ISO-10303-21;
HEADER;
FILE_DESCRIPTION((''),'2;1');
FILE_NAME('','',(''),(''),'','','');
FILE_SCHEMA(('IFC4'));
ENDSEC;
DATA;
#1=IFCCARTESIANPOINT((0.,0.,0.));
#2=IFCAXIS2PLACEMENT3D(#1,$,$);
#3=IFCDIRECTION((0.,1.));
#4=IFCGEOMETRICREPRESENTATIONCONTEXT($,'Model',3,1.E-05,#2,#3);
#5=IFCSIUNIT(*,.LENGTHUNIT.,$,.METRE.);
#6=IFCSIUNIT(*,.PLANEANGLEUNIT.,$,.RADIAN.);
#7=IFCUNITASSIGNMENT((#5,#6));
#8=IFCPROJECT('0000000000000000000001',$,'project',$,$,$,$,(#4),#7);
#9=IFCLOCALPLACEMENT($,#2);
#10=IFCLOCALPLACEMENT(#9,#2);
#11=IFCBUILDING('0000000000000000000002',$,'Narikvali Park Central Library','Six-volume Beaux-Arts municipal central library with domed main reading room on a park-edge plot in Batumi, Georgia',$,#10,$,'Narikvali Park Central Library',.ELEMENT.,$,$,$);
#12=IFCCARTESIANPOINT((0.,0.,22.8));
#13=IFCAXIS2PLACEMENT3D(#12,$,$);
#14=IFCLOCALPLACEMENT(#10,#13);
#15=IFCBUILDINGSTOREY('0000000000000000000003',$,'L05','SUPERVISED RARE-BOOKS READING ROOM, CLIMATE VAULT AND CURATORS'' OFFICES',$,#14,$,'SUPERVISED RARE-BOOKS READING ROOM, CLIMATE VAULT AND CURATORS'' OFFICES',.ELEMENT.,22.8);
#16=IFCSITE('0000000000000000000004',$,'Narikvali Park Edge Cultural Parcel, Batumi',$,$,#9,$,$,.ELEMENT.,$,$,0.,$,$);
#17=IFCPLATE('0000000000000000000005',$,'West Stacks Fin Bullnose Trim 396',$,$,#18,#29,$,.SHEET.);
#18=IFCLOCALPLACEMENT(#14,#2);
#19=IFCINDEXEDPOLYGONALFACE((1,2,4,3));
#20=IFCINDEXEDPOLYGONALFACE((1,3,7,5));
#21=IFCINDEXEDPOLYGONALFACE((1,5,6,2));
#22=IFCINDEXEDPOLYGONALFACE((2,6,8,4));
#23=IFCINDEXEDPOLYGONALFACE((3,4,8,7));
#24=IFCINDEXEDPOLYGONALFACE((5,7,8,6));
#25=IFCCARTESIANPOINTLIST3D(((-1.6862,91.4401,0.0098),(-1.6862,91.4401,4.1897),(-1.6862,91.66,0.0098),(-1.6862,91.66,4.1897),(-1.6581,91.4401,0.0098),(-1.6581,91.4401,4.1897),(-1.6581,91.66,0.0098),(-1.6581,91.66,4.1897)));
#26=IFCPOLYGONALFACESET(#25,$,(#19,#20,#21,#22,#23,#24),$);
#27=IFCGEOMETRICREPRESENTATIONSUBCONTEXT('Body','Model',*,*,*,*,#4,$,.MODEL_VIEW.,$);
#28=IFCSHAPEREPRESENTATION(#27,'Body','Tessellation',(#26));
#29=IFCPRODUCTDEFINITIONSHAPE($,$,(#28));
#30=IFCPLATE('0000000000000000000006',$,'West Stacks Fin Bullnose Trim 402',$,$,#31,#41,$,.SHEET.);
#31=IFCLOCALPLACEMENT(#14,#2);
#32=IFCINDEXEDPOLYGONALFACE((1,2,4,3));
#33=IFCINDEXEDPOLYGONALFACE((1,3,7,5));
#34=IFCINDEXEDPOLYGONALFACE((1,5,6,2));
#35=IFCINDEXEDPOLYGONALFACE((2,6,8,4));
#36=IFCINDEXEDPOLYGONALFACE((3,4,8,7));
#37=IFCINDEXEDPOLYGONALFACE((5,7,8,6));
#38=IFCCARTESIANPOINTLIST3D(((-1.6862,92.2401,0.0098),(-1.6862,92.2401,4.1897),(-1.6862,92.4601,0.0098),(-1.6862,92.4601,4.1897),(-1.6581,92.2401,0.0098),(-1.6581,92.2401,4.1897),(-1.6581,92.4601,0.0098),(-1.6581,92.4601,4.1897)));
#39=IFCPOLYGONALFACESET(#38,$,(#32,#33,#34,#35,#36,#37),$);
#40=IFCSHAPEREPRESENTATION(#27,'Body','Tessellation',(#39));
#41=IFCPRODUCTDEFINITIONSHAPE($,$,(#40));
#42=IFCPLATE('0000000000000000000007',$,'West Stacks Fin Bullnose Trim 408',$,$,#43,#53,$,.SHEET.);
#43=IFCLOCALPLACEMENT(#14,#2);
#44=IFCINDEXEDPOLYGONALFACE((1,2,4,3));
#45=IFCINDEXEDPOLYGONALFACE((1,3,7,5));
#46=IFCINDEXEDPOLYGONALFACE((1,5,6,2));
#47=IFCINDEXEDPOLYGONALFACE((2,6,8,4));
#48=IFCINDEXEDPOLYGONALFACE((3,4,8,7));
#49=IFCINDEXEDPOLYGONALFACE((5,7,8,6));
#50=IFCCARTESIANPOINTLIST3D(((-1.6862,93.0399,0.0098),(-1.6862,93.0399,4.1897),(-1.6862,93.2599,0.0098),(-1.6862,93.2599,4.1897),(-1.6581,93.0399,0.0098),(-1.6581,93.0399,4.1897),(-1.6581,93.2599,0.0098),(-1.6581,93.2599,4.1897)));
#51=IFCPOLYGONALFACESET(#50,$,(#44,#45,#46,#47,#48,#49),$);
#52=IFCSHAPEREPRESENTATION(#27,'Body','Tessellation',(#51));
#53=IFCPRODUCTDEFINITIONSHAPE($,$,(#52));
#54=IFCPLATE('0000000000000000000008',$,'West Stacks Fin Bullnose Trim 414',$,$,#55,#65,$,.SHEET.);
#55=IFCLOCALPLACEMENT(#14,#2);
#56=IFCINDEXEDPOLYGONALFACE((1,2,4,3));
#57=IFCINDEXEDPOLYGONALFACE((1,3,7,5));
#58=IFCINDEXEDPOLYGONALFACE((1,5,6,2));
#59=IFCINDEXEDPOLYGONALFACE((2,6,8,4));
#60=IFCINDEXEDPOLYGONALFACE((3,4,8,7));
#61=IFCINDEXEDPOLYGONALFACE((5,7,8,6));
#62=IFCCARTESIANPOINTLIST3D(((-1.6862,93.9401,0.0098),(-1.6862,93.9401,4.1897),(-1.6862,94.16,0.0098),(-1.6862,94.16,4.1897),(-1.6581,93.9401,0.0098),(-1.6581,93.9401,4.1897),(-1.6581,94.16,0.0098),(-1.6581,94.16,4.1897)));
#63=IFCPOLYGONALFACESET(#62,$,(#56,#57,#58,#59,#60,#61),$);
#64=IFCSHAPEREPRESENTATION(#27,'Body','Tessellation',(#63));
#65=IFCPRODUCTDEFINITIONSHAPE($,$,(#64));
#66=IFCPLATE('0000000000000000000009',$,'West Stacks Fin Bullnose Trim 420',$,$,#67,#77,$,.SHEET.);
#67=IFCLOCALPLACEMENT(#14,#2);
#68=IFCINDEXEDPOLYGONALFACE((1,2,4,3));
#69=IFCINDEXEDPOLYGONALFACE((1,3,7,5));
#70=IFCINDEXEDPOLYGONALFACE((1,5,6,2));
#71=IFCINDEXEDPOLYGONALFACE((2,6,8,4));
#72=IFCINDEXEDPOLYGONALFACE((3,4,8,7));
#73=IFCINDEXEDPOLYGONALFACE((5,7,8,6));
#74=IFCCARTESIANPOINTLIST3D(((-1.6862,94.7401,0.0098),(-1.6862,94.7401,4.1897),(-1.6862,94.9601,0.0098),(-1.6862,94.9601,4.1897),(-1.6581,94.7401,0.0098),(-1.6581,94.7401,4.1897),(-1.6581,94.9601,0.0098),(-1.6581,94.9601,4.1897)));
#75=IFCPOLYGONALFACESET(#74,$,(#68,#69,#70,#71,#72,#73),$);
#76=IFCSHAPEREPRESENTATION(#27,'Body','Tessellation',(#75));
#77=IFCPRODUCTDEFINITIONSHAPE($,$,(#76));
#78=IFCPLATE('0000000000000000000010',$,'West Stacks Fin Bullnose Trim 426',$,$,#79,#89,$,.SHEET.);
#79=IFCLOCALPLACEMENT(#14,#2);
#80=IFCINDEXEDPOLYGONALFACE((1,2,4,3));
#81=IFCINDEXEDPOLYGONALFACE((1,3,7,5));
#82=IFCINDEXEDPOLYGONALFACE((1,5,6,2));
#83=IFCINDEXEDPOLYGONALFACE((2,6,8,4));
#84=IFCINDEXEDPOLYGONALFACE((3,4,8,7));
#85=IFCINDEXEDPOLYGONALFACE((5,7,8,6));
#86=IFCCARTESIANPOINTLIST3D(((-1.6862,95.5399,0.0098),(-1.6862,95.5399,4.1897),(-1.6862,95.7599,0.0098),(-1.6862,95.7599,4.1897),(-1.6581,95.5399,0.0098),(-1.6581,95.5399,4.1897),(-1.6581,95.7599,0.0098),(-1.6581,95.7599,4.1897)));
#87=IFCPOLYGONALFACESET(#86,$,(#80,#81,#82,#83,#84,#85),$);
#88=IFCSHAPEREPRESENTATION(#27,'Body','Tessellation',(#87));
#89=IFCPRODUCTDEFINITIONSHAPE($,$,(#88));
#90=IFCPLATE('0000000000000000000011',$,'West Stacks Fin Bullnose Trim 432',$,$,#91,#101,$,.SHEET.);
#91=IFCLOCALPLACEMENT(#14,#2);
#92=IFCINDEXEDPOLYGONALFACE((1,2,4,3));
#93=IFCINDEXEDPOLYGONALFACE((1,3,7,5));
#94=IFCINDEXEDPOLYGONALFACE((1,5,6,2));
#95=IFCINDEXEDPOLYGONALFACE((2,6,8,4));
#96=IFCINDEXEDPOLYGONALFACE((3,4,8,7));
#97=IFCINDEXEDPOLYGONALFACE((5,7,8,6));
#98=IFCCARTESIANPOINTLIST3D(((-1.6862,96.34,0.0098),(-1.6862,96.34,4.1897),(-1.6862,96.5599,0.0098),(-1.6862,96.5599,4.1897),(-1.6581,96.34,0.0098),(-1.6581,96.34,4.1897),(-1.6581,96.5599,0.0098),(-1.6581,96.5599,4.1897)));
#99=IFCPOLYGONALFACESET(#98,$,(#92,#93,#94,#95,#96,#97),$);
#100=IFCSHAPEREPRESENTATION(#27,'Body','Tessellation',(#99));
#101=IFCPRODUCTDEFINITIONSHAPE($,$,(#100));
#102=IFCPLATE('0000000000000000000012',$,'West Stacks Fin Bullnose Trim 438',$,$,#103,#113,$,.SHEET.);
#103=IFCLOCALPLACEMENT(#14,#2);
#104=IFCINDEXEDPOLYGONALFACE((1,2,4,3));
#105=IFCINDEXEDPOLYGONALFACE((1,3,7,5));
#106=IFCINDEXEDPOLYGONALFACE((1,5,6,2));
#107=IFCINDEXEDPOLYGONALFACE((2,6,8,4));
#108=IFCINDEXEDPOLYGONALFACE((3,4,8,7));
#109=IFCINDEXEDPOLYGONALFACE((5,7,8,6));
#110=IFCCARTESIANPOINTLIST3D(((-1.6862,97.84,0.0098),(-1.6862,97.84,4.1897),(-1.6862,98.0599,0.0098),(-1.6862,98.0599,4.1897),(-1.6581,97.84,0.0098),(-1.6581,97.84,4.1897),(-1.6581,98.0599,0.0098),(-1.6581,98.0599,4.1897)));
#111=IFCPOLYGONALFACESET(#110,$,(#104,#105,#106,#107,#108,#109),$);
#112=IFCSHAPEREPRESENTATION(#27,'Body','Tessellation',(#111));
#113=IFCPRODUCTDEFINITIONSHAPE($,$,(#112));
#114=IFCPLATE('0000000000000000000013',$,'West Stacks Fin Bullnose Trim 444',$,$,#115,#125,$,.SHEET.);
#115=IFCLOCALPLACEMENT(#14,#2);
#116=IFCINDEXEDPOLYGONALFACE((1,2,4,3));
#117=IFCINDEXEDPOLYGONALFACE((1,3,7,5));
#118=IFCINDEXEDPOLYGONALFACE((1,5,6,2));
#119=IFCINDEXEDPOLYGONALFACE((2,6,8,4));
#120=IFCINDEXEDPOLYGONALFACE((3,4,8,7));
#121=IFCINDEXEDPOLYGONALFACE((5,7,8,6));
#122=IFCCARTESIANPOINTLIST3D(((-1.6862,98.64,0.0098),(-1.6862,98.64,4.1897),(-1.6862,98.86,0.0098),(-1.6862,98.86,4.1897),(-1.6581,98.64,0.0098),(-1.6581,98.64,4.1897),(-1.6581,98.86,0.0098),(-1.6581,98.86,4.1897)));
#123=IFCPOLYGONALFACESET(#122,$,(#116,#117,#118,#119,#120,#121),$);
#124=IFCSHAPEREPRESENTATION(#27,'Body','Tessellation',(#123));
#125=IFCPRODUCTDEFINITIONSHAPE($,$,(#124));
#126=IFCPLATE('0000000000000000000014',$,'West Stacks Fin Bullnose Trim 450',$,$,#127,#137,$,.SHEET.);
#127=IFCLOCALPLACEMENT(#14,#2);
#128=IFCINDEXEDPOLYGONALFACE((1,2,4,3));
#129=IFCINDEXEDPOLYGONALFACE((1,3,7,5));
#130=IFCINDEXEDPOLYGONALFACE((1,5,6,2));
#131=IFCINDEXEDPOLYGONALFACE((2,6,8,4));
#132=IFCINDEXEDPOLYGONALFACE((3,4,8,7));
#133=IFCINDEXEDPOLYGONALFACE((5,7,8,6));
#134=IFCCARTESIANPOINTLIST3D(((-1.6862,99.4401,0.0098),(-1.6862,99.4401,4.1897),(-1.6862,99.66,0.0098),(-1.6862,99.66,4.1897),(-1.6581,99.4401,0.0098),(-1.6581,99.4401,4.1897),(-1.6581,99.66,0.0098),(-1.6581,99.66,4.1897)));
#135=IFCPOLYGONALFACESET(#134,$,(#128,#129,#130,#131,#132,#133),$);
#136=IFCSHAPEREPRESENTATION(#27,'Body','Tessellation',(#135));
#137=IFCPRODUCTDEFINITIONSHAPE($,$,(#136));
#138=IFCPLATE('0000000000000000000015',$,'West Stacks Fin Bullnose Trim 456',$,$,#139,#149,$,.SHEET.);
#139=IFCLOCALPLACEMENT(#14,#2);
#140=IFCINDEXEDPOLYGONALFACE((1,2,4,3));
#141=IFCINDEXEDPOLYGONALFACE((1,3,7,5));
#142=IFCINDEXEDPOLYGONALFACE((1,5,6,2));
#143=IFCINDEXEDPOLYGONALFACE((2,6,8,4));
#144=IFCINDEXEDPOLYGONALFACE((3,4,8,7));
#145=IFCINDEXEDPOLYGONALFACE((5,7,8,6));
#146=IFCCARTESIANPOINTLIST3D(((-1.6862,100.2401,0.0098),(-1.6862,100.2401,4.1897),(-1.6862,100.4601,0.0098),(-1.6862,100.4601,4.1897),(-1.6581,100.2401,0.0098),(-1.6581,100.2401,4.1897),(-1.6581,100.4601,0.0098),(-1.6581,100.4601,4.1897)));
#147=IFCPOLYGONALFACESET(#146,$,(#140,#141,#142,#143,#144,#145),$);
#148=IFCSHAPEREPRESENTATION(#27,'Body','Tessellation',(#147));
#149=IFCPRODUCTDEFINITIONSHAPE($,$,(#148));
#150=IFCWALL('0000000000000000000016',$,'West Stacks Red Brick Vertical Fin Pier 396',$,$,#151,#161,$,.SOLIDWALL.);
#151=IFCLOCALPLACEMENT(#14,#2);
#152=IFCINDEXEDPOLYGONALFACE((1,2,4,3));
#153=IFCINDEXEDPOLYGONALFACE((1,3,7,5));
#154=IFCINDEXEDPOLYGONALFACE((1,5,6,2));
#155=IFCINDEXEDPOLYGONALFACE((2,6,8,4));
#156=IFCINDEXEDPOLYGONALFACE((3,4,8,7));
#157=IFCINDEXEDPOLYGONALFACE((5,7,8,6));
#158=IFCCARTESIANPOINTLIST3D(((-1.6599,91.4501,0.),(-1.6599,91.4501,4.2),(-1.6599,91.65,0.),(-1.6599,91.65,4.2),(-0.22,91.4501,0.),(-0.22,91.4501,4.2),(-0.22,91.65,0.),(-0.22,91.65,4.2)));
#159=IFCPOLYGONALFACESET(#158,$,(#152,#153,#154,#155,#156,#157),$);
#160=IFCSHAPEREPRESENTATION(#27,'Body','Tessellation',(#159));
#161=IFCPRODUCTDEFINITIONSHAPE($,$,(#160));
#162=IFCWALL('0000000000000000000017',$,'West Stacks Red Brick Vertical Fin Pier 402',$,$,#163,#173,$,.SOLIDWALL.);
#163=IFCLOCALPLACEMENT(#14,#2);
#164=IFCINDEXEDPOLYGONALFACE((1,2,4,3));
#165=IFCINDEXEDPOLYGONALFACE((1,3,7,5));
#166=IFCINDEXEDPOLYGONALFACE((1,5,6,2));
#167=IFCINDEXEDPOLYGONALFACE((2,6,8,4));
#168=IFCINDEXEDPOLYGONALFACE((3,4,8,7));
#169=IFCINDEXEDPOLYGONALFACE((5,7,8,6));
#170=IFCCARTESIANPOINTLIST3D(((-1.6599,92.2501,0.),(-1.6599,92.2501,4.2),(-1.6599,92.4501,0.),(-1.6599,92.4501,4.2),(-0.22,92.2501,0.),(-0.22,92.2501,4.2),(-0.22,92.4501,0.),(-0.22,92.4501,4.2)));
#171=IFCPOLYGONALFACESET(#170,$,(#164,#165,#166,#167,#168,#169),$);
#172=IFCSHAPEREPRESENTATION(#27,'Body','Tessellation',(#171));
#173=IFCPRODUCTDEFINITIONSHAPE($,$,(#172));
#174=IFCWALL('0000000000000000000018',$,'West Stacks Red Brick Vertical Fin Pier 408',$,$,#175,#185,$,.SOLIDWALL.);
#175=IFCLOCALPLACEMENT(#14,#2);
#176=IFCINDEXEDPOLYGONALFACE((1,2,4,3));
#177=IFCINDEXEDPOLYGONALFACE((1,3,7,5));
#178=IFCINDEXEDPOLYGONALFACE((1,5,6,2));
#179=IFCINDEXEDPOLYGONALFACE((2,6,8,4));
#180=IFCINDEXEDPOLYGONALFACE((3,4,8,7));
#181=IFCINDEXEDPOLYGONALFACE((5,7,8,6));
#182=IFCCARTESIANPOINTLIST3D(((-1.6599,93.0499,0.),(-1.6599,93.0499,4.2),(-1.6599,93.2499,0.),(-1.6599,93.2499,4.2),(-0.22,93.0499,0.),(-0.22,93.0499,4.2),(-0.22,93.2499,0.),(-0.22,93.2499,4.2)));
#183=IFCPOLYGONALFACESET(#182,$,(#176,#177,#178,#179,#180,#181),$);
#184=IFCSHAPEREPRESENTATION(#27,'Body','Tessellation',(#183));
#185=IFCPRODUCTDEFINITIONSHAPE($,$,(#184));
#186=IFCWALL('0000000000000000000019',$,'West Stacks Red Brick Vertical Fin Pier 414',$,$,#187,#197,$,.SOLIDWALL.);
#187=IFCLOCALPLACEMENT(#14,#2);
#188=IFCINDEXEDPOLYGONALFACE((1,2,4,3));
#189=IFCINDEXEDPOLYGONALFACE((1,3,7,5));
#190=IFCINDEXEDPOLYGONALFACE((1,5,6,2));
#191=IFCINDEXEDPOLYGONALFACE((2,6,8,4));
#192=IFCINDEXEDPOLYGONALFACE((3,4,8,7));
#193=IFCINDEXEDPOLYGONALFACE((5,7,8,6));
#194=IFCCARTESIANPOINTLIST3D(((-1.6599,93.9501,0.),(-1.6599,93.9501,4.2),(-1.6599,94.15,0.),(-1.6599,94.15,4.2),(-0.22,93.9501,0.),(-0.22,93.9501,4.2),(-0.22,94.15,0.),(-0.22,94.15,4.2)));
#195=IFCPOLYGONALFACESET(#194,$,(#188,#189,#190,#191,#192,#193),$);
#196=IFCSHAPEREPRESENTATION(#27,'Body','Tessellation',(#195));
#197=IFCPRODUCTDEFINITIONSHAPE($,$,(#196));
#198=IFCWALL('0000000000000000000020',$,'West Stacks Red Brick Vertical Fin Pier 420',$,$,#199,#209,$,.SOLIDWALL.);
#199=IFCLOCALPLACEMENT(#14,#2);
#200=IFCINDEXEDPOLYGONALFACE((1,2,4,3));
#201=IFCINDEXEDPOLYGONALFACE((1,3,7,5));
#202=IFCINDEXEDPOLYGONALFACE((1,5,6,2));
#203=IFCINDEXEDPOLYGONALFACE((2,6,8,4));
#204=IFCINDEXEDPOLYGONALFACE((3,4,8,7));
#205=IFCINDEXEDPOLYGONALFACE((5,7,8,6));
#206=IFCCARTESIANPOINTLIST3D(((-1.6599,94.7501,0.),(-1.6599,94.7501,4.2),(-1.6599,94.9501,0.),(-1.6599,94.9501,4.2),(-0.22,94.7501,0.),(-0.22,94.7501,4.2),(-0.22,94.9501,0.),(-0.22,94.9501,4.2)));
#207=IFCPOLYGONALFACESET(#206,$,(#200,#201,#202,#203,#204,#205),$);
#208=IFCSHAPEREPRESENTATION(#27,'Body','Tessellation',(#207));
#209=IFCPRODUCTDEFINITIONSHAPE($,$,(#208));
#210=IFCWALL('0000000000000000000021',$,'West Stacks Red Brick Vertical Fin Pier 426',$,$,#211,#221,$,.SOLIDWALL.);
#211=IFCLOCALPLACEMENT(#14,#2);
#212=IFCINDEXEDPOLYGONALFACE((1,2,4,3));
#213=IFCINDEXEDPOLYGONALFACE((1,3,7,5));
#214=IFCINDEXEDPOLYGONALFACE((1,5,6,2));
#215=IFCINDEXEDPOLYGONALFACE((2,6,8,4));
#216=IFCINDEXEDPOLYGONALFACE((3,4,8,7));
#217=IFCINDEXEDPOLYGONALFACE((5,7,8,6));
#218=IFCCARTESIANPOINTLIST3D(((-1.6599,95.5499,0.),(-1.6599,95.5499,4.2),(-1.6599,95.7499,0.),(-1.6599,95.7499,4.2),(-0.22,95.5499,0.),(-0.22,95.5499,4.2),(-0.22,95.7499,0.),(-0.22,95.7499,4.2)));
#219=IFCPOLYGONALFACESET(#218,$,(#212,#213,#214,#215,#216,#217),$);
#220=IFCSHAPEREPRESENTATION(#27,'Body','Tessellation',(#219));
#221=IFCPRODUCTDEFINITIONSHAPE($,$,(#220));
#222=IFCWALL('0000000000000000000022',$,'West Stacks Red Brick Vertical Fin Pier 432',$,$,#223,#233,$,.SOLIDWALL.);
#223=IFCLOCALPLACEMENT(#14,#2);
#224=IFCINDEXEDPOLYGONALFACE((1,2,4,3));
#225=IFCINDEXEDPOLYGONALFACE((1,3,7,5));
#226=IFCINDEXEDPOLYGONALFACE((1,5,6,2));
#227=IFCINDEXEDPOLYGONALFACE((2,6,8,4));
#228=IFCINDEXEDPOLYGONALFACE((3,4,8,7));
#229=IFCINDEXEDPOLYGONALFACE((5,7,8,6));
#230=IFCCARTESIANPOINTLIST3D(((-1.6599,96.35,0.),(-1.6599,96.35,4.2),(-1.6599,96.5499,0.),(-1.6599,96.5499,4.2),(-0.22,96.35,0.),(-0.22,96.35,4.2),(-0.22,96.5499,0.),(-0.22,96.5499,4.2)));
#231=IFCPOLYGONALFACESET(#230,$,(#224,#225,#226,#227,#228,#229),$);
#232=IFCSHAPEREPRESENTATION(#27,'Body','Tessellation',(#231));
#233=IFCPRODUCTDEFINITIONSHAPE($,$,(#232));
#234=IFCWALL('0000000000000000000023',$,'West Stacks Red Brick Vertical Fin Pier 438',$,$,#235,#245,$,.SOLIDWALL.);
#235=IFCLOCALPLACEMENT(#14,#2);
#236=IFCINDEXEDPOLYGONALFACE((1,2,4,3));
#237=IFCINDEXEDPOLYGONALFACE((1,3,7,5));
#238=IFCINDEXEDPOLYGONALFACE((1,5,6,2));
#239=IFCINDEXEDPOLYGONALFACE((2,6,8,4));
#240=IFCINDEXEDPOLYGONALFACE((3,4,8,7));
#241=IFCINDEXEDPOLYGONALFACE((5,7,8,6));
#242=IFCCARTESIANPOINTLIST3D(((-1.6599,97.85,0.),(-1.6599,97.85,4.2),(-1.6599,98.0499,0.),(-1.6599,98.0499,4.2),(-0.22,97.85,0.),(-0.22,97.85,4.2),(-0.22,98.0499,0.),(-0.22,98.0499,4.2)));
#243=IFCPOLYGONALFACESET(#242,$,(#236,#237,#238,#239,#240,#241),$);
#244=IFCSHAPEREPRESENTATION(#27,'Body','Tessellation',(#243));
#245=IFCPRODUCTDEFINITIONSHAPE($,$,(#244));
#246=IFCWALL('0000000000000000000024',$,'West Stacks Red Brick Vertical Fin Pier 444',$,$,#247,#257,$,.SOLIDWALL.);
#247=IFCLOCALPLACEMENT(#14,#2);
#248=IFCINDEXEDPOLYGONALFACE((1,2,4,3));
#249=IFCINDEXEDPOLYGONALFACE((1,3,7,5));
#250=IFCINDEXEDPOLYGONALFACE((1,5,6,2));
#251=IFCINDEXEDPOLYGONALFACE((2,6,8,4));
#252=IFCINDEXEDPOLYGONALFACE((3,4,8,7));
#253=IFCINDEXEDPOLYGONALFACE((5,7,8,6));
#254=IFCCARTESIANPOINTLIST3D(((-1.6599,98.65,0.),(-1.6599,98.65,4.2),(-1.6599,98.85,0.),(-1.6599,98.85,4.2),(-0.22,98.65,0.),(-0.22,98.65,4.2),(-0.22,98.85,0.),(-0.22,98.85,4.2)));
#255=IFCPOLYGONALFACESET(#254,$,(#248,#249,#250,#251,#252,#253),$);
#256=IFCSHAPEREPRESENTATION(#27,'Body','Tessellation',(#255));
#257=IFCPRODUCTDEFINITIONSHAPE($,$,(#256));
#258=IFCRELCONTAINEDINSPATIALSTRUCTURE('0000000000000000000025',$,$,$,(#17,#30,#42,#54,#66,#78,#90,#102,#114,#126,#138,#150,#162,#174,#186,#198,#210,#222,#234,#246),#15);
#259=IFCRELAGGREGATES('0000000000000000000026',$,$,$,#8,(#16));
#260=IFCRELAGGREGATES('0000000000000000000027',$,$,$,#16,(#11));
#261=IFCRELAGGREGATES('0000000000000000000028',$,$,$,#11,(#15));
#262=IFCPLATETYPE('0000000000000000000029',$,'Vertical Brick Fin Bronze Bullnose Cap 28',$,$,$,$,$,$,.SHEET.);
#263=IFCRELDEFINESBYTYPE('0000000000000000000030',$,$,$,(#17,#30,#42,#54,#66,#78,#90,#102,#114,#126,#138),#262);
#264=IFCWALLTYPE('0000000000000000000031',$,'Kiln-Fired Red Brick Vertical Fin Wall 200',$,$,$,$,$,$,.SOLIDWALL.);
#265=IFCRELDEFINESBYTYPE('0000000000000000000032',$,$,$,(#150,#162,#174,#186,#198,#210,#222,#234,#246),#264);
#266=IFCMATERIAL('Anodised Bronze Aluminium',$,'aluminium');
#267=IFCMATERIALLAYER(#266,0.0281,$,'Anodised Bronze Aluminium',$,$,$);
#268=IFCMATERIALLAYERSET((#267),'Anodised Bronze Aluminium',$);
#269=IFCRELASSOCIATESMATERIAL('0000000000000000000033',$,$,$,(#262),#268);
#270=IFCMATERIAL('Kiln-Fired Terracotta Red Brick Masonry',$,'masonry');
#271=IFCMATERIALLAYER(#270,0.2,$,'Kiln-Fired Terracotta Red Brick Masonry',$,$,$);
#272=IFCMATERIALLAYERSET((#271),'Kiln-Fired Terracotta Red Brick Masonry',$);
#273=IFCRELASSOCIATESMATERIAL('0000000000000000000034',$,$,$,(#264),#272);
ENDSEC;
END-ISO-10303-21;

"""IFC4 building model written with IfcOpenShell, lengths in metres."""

from ifc_helpers import new_model, si_unit, direction, frame, frame_2d, origin, origin_2d, place, context, subcontext, project, spatial, rectangle, extrude, material, layer, layer_set, type_object, element, save


model = new_model("IFC4")

# Units and contexts
model_context = context("Model", 3, precision=1e-05, world=origin(), true_north=direction((0.0, 1.0)))
body_context = subcontext(model_context, "Body", "Model", "MODEL_VIEW")
ifc_project = project(units=[si_unit("LENGTHUNIT", "METRE"), si_unit("PLANEANGLEUNIT", "RADIAN")], contexts=[model_context])

# Site, building, storey
site_placement = place(None, origin())
site = spatial("IfcSite", under=ifc_project, at=site_placement, Name="Narikvali Park Edge Cultural Parcel, Batumi", CompositionType="ELEMENT", RefElevation=0.0)
building_placement = place(site_placement, origin())
building = spatial("IfcBuilding", under=site, at=building_placement, Name="Narikvali Park Central Library", Description="Six-volume Beaux-Arts municipal central library with domed main reading room on a park-edge plot in Batumi, Georgia", LongName="Narikvali Park Central Library", CompositionType="ELEMENT")
storey_placement = place(building_placement, frame((0.0, 0.0, 22.8)))
storey = spatial("IfcBuildingStorey", under=building, at=storey_placement, Name="L05", Description="SUPERVISED RARE-BOOKS READING ROOM, CLIMATE VAULT AND CURATORS' OFFICES", LongName="SUPERVISED RARE-BOOKS READING ROOM, CLIMATE VAULT AND CURATORS' OFFICES", CompositionType="ELEMENT", Elevation=22.8)

# Plates
ifc_material_1 = material(Name="Anodised Bronze Aluminium", Category="aluminium")
ifc_layer_1 = layer(ifc_material_1, 0.0281, Name="Anodised Bronze Aluminium")
ifc_layer_set_1 = layer_set([ifc_layer_1], Name="Anodised Bronze Aluminium")
plate_type = type_object("IfcPlateType", Name="Vertical Brick Fin Bronze Bullnose Cap 28", PredefinedType="SHEET", material=ifc_layer_set_1)
for number, where, z_axis, x_axis, name in (
    (1, (-1.6721, 91.55, 0.0098), (0.0, 0.0, 1.0), (1.0, 0.0, 0.0), "West Stacks Fin Bullnose Trim 396"),
    (2, (-1.6721, 92.3501, 0.0098), (0.0, 0.0, 1.0), (1.0, 0.0, 0.0), "West Stacks Fin Bullnose Trim 402"),
    (3, (-1.6721, 93.1499, 0.0098), (0.0, 0.0, 1.0), (1.0, 0.0, 0.0), "West Stacks Fin Bullnose Trim 408"),
    (4, (-1.6721, 94.05, 0.0098), (0.0, 0.0, 1.0), (1.0, 0.0, 0.0), "West Stacks Fin Bullnose Trim 414"),
    (5, (-1.6721, 94.8501, 0.0098), (0.0, 0.0, 1.0), (1.0, 0.0, 0.0), "West Stacks Fin Bullnose Trim 420"),
    (6, (-1.6721, 95.6499, 0.0098), (0.0, 0.0, 1.0), (1.0, 0.0, 0.0), "West Stacks Fin Bullnose Trim 426"),
    (7, (-1.6721, 96.45, 0.0098), (0.0, 0.0, 1.0), (1.0, 0.0, 0.0), "West Stacks Fin Bullnose Trim 432"),
    (8, (-1.6721, 97.95, 0.0098), (0.0, 0.0, 1.0), (1.0, 0.0, 0.0), "West Stacks Fin Bullnose Trim 438"),
    (9, (-1.6721, 98.75, 0.0098), (0.0, 0.0, 1.0), (1.0, 0.0, 0.0), "West Stacks Fin Bullnose Trim 444"),
    (10, (-1.6721, 99.55, 0.0098), (0.0, 0.0, 1.0), (1.0, 0.0, 0.0), "West Stacks Fin Bullnose Trim 450"),
    (11, (-1.6721, 100.3501, 0.0098), (0.0, 0.0, 1.0), (1.0, 0.0, 0.0), "West Stacks Fin Bullnose Trim 456"),
):
    element("IfcPlate", number, at=place(storey_placement, frame(where, z_axis=z_axis, x_axis=x_axis)), inside=storey, type_object=plate_type, Name=name, PredefinedType="SHEET", context=body_context, shape_type="SweptSolid", body=[
        extrude(rectangle(XDim=0.0281, YDim=0.22, at=origin_2d()), origin(), (0.0, 0.0, 1.0), 4.1799),
    ])

# Walls
ifc_material_2 = material(Name="Kiln-Fired Terracotta Red Brick Masonry", Category="masonry")
ifc_layer_2 = layer(ifc_material_2, 0.2, Name="Kiln-Fired Terracotta Red Brick Masonry")
ifc_layer_set_2 = layer_set([ifc_layer_2], Name="Kiln-Fired Terracotta Red Brick Masonry")
wall_type = type_object("IfcWallType", Name="Kiln-Fired Red Brick Vertical Fin Wall 200", PredefinedType="SOLIDWALL", material=ifc_layer_set_2)
for number, where, z_axis, x_axis, name in (
    (12, (-1.6599, 91.55, 0.0), (0.0, 0.0, 1.0), (1.0, 0.0, 0.0), "West Stacks Red Brick Vertical Fin Pier 396"),
    (13, (-1.6599, 92.3501, 0.0), (0.0, 0.0, 1.0), (1.0, 0.0, 0.0), "West Stacks Red Brick Vertical Fin Pier 402"),
    (14, (-1.6599, 93.1499, 0.0), (0.0, 0.0, 1.0), (1.0, 0.0, 0.0), "West Stacks Red Brick Vertical Fin Pier 408"),
    (15, (-1.6599, 94.05, 0.0), (0.0, 0.0, 1.0), (1.0, 0.0, 0.0), "West Stacks Red Brick Vertical Fin Pier 414"),
    (16, (-1.6599, 94.8501, 0.0), (0.0, 0.0, 1.0), (1.0, 0.0, 0.0), "West Stacks Red Brick Vertical Fin Pier 420"),
    (17, (-1.6599, 95.6499, 0.0), (0.0, 0.0, 1.0), (1.0, 0.0, 0.0), "West Stacks Red Brick Vertical Fin Pier 426"),
    (18, (-1.6599, 96.45, 0.0), (0.0, 0.0, 1.0), (1.0, 0.0, 0.0), "West Stacks Red Brick Vertical Fin Pier 432"),
    (19, (-1.6599, 97.95, 0.0), (0.0, 0.0, 1.0), (1.0, 0.0, 0.0), "West Stacks Red Brick Vertical Fin Pier 438"),
    (20, (-1.6599, 98.75, 0.0), (0.0, 0.0, 1.0), (1.0, 0.0, 0.0), "West Stacks Red Brick Vertical Fin Pier 444"),
):
    element("IfcWall", number, at=place(storey_placement, frame(where, z_axis=z_axis, x_axis=x_axis)), inside=storey, type_object=wall_type, Name=name, PredefinedType="SOLIDWALL", context=body_context, shape_type="SweptSolid", body=[
        extrude(rectangle(XDim=1.4399, YDim=0.2, at=frame_2d((0.72, 0.0))), origin(), (0.0, 0.0, 1.0), 4.2),
    ])

save(model, "model.ifc")
